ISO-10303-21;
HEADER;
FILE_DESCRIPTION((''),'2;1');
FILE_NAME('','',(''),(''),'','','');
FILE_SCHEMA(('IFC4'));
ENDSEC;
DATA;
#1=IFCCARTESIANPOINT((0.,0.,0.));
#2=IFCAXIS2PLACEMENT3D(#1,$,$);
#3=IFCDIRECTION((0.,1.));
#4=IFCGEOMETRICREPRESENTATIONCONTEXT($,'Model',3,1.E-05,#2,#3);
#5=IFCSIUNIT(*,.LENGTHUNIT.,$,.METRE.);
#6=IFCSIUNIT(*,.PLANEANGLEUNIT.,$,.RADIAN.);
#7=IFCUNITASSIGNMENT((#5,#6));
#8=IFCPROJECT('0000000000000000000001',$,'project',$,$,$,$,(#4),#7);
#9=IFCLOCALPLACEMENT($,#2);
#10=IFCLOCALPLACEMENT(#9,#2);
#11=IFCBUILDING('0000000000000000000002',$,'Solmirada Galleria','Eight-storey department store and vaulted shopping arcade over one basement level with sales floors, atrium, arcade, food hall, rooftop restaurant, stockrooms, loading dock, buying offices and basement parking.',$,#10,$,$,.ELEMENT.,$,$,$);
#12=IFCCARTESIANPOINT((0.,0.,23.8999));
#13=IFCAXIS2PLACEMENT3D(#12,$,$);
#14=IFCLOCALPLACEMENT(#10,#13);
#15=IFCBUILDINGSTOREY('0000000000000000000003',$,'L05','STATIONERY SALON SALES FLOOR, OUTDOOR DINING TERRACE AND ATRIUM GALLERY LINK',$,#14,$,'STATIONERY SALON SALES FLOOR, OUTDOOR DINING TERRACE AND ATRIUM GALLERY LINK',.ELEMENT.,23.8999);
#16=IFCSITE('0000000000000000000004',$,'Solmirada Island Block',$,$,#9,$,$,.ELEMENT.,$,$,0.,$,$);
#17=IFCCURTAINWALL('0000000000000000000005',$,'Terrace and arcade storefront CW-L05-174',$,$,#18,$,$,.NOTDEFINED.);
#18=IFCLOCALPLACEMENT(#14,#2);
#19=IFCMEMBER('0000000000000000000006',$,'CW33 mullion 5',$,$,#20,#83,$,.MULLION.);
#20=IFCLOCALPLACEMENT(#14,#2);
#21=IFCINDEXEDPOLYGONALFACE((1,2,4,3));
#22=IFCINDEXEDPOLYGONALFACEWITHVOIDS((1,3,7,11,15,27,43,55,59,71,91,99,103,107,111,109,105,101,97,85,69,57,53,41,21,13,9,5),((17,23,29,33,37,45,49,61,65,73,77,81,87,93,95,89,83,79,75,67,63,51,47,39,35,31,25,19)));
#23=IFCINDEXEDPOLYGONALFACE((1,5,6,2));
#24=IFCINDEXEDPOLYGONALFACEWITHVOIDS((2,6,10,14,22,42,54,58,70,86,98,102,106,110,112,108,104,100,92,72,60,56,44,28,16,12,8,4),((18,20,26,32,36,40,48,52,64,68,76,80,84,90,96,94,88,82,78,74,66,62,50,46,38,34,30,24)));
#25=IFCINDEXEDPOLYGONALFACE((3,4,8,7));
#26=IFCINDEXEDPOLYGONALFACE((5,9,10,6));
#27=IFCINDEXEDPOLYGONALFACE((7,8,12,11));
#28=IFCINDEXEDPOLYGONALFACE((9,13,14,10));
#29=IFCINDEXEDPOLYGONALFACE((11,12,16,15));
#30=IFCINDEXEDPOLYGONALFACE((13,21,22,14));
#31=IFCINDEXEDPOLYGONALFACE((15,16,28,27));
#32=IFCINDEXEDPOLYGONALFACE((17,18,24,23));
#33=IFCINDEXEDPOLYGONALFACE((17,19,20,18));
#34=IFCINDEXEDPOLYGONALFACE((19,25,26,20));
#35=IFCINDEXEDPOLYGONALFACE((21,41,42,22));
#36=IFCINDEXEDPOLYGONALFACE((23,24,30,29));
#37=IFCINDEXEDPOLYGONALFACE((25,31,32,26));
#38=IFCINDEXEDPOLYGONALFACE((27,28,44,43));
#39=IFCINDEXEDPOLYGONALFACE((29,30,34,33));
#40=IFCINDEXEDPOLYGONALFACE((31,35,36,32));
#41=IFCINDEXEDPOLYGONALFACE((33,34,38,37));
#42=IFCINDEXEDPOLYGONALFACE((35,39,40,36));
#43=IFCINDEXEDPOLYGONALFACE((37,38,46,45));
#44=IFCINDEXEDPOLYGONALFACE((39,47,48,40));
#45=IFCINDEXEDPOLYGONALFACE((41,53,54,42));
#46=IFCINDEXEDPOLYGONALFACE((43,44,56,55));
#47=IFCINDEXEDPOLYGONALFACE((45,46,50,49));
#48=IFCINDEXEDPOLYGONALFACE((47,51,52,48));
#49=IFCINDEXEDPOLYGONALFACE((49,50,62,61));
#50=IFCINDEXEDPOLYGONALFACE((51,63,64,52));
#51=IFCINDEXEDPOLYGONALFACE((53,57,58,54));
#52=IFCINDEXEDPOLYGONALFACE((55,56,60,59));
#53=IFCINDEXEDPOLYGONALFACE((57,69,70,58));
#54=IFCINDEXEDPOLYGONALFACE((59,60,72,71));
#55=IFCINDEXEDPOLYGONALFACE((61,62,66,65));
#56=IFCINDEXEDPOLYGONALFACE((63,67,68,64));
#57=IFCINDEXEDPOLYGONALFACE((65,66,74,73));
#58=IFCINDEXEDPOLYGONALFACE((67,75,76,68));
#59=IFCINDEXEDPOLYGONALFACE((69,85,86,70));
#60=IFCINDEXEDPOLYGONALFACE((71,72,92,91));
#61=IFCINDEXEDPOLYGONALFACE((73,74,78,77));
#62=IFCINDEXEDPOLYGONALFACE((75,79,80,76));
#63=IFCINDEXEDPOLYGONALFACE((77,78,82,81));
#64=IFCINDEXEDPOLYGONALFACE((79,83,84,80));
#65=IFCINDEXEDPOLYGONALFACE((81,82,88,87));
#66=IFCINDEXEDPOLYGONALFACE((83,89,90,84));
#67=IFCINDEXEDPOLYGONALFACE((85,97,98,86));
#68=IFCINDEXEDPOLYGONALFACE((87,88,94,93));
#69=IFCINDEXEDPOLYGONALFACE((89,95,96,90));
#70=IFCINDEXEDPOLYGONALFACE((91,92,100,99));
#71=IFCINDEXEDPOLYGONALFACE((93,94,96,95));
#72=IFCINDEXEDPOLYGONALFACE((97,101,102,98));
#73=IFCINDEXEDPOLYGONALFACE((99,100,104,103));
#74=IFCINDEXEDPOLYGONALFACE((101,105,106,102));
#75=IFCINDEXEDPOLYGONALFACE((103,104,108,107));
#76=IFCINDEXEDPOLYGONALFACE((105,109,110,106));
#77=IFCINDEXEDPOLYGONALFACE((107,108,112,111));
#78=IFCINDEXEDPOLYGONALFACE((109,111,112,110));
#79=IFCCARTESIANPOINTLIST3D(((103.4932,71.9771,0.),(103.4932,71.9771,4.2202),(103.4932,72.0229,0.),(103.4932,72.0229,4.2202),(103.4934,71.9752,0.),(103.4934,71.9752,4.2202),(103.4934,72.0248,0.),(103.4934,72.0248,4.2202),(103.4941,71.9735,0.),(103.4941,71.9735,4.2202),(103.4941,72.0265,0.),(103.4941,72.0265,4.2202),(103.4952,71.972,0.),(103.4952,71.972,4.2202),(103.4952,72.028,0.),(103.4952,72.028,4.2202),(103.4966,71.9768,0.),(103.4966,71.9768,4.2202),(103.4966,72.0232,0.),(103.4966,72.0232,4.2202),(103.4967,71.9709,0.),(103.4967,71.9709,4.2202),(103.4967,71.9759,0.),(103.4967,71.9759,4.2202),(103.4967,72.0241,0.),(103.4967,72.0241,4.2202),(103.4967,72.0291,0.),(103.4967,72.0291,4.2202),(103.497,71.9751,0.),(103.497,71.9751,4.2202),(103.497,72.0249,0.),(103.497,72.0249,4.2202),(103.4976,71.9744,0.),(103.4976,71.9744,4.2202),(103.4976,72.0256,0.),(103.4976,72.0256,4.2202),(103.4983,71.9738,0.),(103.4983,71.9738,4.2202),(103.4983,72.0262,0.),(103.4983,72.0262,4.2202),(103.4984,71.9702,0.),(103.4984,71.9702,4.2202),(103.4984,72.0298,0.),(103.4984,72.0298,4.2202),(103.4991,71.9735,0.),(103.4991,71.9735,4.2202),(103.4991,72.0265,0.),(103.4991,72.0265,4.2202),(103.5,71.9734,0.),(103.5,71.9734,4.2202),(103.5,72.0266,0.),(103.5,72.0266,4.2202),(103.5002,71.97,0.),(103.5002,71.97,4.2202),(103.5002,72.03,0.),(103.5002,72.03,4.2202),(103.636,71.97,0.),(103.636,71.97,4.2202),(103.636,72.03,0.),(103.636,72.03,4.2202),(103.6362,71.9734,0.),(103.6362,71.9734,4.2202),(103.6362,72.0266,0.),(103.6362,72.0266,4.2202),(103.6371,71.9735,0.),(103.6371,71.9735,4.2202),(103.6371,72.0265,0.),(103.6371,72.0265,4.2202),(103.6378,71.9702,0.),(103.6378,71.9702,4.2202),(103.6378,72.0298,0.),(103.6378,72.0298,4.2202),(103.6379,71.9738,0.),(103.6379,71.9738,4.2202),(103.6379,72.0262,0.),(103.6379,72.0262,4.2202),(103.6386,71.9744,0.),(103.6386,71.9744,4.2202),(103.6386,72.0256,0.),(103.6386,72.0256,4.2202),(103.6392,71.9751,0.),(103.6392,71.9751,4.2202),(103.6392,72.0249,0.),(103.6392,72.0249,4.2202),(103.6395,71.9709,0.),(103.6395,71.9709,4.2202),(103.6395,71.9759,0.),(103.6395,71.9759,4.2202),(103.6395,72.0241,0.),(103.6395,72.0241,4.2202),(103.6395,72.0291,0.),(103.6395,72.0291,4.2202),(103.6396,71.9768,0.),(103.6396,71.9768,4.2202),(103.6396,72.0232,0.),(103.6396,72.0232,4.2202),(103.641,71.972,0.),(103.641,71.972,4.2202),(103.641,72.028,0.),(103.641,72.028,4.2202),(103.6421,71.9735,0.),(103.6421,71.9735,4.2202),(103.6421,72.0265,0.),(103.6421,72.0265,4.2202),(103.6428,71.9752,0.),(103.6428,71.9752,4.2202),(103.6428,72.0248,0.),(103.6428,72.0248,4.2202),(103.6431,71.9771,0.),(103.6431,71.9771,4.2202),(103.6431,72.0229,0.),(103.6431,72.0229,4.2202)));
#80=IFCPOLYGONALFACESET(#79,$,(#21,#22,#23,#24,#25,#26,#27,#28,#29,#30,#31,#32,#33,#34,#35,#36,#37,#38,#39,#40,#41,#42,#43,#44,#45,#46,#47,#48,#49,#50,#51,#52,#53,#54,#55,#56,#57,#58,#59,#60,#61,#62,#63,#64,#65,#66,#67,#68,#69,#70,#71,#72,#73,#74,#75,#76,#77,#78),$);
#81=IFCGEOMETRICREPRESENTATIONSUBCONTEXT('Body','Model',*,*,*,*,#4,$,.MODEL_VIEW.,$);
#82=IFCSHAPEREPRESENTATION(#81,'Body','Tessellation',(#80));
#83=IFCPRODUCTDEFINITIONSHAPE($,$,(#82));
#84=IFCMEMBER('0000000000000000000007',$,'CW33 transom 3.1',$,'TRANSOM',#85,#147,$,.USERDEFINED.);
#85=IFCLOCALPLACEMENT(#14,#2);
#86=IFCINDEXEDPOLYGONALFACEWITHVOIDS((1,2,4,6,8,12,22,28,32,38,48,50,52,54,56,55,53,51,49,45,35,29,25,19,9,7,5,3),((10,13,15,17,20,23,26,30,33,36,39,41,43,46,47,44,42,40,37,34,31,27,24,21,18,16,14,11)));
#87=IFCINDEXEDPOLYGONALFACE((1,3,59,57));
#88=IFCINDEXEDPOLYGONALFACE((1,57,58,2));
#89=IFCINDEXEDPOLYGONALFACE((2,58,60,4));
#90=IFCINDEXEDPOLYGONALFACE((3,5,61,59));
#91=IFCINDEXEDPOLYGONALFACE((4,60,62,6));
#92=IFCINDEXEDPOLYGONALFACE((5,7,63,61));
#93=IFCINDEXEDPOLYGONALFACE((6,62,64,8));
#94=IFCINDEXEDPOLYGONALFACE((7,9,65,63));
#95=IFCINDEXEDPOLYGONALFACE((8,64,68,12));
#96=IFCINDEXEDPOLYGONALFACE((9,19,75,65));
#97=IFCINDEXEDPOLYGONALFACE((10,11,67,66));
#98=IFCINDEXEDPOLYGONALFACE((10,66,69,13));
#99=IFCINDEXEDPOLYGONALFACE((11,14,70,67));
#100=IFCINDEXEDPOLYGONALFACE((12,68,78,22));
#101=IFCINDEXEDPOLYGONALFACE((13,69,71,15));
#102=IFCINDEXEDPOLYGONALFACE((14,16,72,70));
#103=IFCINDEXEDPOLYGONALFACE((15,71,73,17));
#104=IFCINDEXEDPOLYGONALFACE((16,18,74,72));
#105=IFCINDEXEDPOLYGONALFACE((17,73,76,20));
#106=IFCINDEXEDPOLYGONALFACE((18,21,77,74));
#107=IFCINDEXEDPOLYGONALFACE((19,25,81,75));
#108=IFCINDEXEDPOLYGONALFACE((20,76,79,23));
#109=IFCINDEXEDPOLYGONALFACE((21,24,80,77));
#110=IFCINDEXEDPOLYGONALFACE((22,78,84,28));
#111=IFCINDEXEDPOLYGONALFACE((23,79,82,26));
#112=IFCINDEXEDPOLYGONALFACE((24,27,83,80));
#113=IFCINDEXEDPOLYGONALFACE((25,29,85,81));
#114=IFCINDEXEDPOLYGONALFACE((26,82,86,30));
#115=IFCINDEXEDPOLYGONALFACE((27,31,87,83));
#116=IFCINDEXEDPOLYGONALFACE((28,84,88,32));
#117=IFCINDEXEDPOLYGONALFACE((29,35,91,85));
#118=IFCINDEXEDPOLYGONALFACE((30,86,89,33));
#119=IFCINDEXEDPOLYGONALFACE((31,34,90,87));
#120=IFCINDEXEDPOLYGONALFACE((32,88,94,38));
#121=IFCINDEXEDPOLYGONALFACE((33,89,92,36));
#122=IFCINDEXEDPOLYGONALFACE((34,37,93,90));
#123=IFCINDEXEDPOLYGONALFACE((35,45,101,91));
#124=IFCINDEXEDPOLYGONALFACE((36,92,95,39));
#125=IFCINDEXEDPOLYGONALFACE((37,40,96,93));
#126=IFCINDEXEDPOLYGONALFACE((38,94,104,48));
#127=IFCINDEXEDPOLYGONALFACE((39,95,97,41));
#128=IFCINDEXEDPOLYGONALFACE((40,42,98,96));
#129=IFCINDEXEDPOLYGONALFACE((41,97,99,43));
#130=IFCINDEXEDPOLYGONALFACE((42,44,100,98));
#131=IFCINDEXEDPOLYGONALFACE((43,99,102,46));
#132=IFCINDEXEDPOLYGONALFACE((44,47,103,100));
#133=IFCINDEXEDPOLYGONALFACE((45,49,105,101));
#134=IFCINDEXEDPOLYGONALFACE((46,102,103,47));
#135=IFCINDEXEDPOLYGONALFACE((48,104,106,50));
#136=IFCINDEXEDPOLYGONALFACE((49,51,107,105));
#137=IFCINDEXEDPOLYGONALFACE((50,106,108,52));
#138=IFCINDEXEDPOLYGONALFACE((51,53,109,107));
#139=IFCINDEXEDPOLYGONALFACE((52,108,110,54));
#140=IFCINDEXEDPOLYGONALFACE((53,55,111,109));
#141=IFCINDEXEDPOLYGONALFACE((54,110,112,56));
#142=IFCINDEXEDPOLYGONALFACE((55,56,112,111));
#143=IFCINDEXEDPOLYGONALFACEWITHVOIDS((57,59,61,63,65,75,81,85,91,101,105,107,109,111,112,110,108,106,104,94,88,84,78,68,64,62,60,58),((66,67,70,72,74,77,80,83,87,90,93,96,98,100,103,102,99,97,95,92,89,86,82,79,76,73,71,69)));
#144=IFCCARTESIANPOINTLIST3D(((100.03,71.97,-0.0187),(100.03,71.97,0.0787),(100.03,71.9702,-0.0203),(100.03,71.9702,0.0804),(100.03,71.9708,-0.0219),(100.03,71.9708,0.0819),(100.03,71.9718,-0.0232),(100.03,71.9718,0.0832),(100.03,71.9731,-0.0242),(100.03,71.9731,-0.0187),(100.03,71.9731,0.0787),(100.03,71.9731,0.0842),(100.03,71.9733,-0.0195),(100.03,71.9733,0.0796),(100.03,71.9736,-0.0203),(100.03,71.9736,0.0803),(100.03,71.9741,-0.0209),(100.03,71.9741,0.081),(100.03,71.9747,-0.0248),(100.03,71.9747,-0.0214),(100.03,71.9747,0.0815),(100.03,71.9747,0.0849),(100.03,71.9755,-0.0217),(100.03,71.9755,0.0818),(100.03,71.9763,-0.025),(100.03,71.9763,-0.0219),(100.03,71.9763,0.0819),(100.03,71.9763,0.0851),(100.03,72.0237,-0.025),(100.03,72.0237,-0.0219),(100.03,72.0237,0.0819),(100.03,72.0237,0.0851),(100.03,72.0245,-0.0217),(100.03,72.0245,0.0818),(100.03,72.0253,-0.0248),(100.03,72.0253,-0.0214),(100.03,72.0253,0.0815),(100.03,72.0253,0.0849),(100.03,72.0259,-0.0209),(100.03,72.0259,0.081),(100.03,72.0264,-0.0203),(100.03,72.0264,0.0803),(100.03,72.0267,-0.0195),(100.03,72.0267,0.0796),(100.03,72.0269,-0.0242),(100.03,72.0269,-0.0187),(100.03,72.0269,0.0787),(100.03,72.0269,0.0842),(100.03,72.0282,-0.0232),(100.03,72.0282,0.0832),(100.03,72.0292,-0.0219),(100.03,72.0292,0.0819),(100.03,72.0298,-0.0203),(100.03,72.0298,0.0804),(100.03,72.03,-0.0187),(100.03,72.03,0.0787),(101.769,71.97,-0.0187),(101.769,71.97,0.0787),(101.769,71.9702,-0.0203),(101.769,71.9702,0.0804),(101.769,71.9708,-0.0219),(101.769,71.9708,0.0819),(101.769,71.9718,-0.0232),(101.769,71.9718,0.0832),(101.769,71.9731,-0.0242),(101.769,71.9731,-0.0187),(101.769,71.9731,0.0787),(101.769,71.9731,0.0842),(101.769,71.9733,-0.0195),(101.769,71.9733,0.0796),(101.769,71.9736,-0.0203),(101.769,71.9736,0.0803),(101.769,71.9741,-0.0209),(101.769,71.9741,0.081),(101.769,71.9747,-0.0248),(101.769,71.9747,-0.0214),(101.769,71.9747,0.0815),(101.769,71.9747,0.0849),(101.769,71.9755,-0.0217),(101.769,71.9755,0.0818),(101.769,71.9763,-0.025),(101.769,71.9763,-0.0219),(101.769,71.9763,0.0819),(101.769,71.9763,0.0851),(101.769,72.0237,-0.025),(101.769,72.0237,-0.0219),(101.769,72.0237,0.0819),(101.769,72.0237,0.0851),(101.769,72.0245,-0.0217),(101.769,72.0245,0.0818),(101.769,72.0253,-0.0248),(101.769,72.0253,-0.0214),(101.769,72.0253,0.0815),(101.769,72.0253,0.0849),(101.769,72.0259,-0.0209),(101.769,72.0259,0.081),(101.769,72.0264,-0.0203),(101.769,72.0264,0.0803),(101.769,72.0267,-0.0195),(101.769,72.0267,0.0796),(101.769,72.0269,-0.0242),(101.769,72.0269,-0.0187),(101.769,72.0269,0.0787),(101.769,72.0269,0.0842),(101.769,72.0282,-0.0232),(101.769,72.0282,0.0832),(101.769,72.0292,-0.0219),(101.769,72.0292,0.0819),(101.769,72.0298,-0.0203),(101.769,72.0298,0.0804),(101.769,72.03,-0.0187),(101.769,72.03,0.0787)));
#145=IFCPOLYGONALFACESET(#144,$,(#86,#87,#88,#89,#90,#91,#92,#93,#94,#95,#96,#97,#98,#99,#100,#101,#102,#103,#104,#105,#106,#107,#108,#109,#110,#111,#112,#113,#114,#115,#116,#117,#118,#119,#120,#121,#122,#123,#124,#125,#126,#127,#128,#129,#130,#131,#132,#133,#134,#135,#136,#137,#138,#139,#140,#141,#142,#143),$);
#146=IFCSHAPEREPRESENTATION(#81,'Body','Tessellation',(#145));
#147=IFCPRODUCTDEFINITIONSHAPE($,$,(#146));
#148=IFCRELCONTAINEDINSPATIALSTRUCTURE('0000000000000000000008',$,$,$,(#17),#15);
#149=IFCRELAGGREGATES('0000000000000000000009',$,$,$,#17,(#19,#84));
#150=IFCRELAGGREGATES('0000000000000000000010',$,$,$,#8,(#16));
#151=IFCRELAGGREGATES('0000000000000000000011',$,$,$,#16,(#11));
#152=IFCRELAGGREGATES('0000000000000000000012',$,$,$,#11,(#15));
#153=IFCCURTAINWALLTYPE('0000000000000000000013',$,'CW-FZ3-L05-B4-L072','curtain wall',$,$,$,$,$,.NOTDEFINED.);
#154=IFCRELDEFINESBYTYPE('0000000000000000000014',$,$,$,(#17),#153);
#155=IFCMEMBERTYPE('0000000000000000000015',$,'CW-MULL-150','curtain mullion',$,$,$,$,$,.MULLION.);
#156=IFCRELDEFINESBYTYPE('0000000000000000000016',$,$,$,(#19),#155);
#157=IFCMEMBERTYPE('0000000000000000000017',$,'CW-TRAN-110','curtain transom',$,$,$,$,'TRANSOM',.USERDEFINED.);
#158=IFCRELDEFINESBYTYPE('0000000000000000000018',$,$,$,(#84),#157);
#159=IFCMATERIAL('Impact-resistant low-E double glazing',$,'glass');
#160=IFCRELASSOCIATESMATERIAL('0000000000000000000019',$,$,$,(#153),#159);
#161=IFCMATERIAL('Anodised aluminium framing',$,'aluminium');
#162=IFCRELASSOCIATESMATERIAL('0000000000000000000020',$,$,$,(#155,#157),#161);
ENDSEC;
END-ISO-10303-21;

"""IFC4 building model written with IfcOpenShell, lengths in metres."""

from ifc_helpers import new_model, si_unit, direction, frame, origin, origin_2d, place, context, subcontext, project, spatial, hollow_rectangle, extrude, material, material_profile, profile_set, type_object, element, aggregate, save


model = new_model("IFC4")

# Units and contexts
model_context = context("Model", 3, precision=1e-05, world=origin(), true_north=direction((0.0, 1.0)))
body_context = subcontext(model_context, "Body", "Model", "MODEL_VIEW")
ifc_project = project(units=[si_unit("LENGTHUNIT", "METRE"), si_unit("PLANEANGLEUNIT", "RADIAN")], contexts=[model_context])

# Site, building, storey
site_placement = place(None, origin())
site = spatial("IfcSite", under=ifc_project, at=site_placement, Name="Solmirada Island Block", CompositionType="ELEMENT", RefElevation=0.0)
building_placement = place(site_placement, origin())
building = spatial("IfcBuilding", under=site, at=building_placement, Name="Solmirada Galleria", Description="Eight-storey department store and vaulted shopping arcade over one basement level with sales floors, atrium, arcade, food hall, rooftop restaurant, stockrooms, loading dock, buying offices and basement parking.", CompositionType="ELEMENT")
storey_placement = place(building_placement, frame((0.0, 0.0, 23.8999)))
storey = spatial("IfcBuildingStorey", under=building, at=storey_placement, Name="L05", Description="STATIONERY SALON SALES FLOOR, OUTDOOR DINING TERRACE AND ATRIUM GALLERY LINK", LongName="STATIONERY SALON SALES FLOOR, OUTDOOR DINING TERRACE AND ATRIUM GALLERY LINK", CompositionType="ELEMENT", Elevation=23.8999)

# Curtain wall, members
ifc_material_1 = material(Name="Impact-resistant low-E double glazing", Category="glass")
curtain_wall_type = type_object("IfcCurtainWallType", Name="CW-FZ3-L05-B4-L072", Description="curtain wall", PredefinedType="NOTDEFINED", material=ifc_material_1)
curtain_wall_placement = place(storey_placement, origin())
curtain_wall = element("IfcCurtainWall", 1, at=curtain_wall_placement, inside=storey, type_object=curtain_wall_type, Name="Terrace and arcade storefront CW-L05-174", PredefinedType="NOTDEFINED")
ifc_material_2 = material(Name="Anodised aluminium framing", Category="aluminium")
ifc_material_profile_1 = material_profile(ifc_material_2, hollow_rectangle(XDim=0.0601, YDim=0.1499, WallThickness=0.0034, InnerFilletRadius=0.0034, OuterFilletRadius=0.0071, at=origin_2d()), Name="ALU-MULL-150X60")
ifc_profile_set_1 = profile_set([ifc_material_profile_1], Name="Anodised aluminium framing")
member_type_1 = type_object("IfcMemberType", Name="CW-MULL-150", Description="curtain mullion", PredefinedType="MULLION", material=ifc_profile_set_1)
member_1_placement = place(storey_placement, frame((103.5681, 72.0, 0.0), z_axis=(0.0, 0.0, 1.0), x_axis=(0.0, 1.0, 0.0)))
member_1 = element("IfcMember", 2, at=member_1_placement, type_object=member_type_1, Name="CW33 mullion 5", PredefinedType="MULLION", context=body_context, shape_type="SweptSolid", body=[
    extrude(hollow_rectangle(XDim=0.0601, YDim=0.1499, WallThickness=0.0034, InnerFilletRadius=0.0034, OuterFilletRadius=0.0071, at=origin_2d()), origin(), (0.0, 0.0, 1.0), 4.2202),
])
ifc_material_profile_2 = material_profile(ifc_material_2, hollow_rectangle(XDim=0.0601, YDim=0.1101, WallThickness=0.0032, InnerFilletRadius=0.0032, OuterFilletRadius=0.0063, at=origin_2d()), Name="ALU-TRAN-110X60")
ifc_profile_set_2 = profile_set([ifc_material_profile_2], Name="Anodised aluminium framing")
member_type_2 = type_object("IfcMemberType", Name="CW-TRAN-110", Description="curtain transom", ElementType="TRANSOM", PredefinedType="USERDEFINED", material=ifc_profile_set_2)
member_2_placement = place(storey_placement, frame((100.03, 72.0, 0.03), z_axis=(1.0, 0.0, 0.0), x_axis=(0.0, 1.0, 0.0)))
member_2 = element("IfcMember", 3, at=member_2_placement, type_object=member_type_2, Name="CW33 transom 3.1", ObjectType="TRANSOM", PredefinedType="USERDEFINED", context=body_context, shape_type="SweptSolid", body=[
    extrude(hollow_rectangle(XDim=0.0601, YDim=0.1101, WallThickness=0.0032, InnerFilletRadius=0.0032, OuterFilletRadius=0.0063, at=origin_2d()), origin(), (0.0, 0.0, 1.0), 1.739),
])
aggregate(curtain_wall, [member_1, member_2])

save(model, "model.ifc")
